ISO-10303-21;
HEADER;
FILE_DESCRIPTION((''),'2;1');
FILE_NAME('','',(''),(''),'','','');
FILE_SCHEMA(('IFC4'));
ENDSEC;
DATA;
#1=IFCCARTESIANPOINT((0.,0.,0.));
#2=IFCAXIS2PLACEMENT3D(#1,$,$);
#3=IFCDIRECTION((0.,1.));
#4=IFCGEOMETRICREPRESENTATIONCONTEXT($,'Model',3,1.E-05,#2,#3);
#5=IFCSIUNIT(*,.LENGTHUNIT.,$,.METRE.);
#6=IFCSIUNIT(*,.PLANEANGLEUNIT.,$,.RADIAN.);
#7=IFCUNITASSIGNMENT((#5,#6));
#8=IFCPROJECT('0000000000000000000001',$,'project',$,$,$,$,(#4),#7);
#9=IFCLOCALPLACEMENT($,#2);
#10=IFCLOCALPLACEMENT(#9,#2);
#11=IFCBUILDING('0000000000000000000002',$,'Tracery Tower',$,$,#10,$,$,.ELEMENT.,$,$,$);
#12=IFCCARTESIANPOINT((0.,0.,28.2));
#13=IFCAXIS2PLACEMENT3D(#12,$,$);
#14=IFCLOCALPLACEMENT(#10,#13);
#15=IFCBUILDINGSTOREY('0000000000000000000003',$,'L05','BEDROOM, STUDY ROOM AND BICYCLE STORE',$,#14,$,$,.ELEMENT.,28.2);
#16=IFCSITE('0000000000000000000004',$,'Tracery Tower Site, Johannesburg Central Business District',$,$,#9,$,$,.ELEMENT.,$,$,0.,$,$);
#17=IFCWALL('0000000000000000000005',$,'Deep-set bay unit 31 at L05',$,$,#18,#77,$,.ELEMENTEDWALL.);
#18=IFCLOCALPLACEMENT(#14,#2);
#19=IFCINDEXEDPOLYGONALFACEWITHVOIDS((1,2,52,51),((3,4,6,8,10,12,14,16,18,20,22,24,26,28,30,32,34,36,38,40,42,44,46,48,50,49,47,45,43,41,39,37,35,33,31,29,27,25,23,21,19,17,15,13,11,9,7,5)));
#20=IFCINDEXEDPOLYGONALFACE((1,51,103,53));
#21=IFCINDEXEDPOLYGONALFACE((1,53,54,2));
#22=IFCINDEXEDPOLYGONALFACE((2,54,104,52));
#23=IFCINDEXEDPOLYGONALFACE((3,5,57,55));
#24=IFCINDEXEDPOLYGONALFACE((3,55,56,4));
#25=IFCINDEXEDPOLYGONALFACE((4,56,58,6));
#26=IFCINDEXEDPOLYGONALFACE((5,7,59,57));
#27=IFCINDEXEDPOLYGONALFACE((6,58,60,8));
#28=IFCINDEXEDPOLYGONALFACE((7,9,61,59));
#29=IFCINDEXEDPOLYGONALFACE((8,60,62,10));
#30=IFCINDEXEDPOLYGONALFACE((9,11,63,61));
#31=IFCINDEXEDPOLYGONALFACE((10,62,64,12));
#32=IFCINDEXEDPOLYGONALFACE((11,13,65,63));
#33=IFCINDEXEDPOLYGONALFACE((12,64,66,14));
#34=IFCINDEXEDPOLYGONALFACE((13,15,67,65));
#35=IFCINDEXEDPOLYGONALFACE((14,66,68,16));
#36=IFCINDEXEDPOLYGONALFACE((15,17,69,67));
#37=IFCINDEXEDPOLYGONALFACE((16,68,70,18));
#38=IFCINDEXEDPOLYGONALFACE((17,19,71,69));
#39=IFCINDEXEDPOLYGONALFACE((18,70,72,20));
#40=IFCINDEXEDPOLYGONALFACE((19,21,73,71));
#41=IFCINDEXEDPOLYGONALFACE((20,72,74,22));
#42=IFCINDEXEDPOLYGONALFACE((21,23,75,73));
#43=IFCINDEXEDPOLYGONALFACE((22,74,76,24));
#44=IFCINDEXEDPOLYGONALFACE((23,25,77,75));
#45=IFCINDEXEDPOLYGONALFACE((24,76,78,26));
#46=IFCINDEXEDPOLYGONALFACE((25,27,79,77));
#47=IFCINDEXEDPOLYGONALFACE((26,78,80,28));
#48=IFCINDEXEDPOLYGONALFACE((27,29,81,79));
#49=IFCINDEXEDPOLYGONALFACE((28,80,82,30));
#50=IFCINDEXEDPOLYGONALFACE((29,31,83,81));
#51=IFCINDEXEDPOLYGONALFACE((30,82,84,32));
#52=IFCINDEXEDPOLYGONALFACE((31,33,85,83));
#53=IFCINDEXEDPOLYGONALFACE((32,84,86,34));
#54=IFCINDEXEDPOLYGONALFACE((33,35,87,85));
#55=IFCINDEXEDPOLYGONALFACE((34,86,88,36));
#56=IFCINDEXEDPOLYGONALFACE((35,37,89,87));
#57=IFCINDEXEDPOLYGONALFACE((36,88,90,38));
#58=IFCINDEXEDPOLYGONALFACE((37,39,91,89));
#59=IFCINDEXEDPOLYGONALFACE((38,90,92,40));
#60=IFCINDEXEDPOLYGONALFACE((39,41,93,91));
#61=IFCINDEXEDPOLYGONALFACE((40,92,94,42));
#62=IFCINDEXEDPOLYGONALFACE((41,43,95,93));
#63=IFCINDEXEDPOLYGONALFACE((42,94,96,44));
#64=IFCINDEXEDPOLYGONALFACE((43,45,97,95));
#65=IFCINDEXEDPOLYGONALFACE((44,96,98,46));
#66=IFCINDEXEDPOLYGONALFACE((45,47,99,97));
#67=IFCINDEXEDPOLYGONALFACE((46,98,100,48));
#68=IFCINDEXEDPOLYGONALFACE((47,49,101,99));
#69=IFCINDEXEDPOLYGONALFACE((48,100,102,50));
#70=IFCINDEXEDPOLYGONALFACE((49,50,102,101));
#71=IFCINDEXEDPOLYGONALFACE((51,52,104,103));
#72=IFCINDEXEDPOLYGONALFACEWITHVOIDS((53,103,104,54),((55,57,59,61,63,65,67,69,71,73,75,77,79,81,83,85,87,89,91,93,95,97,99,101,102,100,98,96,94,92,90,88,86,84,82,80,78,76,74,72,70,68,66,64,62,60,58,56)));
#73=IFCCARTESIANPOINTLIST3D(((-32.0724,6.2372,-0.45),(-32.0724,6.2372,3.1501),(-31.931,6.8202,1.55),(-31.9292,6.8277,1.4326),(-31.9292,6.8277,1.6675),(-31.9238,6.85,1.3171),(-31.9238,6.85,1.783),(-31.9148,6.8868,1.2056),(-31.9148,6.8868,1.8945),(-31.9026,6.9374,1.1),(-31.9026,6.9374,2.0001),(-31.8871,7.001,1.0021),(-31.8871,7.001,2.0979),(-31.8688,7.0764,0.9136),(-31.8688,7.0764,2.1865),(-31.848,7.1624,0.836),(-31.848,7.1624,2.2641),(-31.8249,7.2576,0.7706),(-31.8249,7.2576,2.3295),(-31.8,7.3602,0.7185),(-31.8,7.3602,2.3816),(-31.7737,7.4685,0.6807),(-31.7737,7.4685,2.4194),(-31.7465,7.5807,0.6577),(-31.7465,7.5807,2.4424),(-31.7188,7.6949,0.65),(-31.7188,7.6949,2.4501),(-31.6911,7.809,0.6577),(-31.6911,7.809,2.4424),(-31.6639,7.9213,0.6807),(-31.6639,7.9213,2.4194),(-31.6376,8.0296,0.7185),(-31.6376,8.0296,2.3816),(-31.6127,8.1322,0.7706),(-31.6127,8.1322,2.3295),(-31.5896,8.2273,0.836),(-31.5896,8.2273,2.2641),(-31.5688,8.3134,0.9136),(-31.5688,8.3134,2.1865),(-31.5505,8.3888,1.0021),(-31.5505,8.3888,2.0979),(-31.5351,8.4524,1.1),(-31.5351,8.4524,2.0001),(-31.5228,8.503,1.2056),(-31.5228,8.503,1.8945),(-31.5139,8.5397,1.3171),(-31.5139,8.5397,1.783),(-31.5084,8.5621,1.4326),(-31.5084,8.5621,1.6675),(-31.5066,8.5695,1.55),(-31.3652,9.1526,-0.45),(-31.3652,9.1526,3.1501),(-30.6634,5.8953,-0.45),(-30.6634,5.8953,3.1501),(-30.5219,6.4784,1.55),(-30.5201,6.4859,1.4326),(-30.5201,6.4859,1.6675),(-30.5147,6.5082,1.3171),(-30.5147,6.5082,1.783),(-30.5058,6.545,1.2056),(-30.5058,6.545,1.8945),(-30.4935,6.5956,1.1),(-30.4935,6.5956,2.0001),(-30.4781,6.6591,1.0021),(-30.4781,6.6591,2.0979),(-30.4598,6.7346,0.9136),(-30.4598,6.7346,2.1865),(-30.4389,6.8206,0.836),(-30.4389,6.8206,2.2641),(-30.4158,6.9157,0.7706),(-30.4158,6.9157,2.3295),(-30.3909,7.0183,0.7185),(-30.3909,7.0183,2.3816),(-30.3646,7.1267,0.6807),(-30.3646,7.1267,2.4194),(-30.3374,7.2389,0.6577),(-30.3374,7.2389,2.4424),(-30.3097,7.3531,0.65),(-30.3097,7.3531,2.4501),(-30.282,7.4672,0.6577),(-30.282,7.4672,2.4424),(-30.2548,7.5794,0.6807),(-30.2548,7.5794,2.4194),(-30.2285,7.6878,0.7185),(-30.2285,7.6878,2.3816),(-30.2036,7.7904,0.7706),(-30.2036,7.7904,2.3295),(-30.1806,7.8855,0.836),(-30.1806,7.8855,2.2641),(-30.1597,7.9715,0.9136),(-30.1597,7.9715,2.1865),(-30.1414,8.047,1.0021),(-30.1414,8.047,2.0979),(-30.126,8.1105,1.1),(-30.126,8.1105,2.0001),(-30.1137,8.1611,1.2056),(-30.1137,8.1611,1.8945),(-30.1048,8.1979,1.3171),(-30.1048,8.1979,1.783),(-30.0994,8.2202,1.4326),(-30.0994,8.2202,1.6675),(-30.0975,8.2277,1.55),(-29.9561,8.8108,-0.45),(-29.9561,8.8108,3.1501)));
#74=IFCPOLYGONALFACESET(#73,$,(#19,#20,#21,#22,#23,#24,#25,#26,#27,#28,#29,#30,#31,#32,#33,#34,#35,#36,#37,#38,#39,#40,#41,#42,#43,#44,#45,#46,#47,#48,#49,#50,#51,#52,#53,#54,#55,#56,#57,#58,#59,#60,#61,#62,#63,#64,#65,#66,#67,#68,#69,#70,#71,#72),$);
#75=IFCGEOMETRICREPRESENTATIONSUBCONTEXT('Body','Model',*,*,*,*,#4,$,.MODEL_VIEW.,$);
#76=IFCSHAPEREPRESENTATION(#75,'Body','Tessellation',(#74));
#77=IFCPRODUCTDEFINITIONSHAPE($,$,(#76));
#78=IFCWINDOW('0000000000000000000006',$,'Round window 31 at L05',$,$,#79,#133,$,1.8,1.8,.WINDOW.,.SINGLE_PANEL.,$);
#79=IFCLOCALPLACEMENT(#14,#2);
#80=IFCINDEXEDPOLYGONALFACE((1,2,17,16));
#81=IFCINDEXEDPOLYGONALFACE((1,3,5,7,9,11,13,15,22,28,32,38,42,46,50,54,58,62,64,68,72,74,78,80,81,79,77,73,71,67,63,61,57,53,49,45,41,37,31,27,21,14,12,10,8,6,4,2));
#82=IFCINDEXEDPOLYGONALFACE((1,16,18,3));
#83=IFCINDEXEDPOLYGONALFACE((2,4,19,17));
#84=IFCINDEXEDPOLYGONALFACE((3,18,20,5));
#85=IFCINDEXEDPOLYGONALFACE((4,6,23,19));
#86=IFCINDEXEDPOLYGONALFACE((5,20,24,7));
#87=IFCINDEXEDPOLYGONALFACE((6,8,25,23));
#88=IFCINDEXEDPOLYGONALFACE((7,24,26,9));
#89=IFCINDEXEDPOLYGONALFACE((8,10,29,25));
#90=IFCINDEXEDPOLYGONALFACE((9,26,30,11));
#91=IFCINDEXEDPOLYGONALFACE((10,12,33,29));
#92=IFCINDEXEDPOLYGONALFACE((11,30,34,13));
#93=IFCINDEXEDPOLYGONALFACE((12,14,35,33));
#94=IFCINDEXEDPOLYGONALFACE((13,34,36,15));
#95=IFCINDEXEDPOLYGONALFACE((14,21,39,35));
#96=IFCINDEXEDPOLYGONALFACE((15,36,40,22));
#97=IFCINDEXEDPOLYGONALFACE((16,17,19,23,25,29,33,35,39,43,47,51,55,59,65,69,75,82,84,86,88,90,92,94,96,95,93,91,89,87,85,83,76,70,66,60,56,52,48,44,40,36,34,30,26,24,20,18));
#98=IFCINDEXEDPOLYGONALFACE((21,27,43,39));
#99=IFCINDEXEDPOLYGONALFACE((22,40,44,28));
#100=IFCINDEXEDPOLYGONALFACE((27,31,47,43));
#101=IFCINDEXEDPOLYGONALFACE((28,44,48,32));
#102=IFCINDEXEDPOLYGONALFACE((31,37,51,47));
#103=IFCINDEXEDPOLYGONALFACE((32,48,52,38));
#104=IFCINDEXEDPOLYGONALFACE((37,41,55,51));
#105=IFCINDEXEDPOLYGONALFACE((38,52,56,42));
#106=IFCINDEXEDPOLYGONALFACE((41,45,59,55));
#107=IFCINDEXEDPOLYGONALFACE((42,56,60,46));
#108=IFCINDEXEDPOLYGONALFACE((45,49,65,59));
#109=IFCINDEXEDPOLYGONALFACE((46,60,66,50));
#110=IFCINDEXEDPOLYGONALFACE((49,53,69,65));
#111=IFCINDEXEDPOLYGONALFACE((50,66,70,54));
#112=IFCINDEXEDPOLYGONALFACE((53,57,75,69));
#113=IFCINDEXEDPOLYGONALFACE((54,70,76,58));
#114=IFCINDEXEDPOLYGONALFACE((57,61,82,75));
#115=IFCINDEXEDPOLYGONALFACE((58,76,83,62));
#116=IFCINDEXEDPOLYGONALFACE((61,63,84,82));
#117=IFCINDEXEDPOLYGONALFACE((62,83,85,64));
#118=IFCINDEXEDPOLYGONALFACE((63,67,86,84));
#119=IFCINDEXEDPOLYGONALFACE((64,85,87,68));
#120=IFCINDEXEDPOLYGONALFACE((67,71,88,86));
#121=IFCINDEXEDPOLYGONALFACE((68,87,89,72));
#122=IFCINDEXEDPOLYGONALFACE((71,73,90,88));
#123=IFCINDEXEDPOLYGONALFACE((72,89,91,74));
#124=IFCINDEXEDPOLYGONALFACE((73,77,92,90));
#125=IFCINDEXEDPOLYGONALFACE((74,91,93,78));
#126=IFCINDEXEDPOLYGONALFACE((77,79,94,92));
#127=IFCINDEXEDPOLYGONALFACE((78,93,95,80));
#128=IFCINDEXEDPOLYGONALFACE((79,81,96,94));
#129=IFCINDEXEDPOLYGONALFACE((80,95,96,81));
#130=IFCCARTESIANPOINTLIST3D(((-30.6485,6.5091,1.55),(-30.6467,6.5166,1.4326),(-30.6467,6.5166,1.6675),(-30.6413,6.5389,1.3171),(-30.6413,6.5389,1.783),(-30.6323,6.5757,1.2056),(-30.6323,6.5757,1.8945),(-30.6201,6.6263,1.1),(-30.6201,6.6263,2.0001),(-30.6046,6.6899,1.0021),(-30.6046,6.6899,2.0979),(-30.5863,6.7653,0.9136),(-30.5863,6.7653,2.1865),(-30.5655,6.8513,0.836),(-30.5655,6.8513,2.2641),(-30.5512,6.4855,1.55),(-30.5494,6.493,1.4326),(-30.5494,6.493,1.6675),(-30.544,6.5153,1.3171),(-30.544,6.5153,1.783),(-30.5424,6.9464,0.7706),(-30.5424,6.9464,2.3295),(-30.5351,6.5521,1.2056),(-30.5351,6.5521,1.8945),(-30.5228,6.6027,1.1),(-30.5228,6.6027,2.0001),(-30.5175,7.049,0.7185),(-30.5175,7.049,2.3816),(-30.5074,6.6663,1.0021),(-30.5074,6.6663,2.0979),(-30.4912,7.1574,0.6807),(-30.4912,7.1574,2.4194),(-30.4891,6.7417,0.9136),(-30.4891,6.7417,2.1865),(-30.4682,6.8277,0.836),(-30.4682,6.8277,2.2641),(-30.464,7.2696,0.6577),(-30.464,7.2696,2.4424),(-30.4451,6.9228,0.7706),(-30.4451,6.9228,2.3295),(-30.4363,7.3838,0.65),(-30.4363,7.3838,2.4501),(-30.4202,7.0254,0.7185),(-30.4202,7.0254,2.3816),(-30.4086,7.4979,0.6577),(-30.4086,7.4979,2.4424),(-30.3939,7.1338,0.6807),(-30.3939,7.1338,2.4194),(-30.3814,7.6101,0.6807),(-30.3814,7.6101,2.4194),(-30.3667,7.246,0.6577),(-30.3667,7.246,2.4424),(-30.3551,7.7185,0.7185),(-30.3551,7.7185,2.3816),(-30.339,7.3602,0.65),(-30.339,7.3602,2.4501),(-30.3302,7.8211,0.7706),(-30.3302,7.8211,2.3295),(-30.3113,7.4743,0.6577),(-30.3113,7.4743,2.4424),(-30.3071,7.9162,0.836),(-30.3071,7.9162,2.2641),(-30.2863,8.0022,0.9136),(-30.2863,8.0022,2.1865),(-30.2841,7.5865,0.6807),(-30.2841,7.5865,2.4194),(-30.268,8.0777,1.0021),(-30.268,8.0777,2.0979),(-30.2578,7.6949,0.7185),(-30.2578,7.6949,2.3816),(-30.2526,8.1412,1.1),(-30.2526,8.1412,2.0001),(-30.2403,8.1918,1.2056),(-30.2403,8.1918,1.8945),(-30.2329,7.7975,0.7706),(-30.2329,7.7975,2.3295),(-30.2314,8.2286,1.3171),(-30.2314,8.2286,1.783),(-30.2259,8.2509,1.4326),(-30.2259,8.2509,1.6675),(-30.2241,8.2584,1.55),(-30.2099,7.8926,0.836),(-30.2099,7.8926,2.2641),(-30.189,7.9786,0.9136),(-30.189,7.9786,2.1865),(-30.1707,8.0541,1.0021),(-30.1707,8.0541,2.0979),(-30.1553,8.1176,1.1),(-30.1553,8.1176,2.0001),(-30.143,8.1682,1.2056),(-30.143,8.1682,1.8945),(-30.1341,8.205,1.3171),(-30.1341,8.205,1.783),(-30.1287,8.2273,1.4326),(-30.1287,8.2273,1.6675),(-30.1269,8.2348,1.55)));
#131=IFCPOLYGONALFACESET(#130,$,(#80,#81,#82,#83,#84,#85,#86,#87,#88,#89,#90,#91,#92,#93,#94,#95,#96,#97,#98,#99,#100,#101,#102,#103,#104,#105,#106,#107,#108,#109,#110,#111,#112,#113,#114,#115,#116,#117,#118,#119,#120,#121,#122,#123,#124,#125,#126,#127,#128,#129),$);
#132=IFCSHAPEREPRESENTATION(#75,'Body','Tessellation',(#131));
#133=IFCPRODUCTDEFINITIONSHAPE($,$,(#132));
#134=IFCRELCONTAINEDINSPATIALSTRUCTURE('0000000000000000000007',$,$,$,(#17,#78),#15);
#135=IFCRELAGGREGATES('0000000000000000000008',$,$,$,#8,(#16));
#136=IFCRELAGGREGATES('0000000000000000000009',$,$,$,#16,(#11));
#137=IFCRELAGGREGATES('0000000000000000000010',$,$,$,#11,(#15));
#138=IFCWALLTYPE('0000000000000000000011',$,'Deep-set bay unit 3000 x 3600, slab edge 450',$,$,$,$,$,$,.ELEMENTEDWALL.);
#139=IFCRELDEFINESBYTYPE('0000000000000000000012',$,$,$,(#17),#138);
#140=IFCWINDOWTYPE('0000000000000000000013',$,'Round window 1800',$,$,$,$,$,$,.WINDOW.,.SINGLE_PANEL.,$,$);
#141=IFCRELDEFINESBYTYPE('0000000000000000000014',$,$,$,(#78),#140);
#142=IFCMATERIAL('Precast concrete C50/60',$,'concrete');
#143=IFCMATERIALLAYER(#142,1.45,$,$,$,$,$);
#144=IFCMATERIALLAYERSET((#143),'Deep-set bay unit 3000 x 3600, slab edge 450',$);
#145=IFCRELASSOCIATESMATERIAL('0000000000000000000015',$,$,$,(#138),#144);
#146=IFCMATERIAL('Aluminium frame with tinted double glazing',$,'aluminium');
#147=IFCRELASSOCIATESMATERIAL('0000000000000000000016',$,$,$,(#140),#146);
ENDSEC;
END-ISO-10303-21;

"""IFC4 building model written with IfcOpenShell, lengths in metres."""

from ifc_helpers import new_model, si_unit, direction, frame, frame_2d, origin, origin_2d, place, context, subcontext, project, spatial, rectangle, circle, extrude, material, layer, layer_set, type_object, element, fill, save


model = new_model("IFC4")

# Units and contexts
model_context = context("Model", 3, precision=1e-05, world=origin(), true_north=direction((0.0, 1.0)))
body_context = subcontext(model_context, "Body", "Model", "MODEL_VIEW")
ifc_project = project(units=[si_unit("LENGTHUNIT", "METRE"), si_unit("PLANEANGLEUNIT", "RADIAN")], contexts=[model_context])

# Site, building, storey
site_placement = place(None, origin())
site = spatial("IfcSite", under=ifc_project, at=site_placement, Name="Tracery Tower Site, Johannesburg Central Business District", CompositionType="ELEMENT", RefElevation=0.0)
building_placement = place(site_placement, origin())
building = spatial("IfcBuilding", under=site, at=building_placement, Name="Tracery Tower", CompositionType="ELEMENT")
storey_placement = place(building_placement, frame((0.0, 0.0, 28.2)))
storey = spatial("IfcBuildingStorey", under=building, at=storey_placement, Name="L05", Description="BEDROOM, STUDY ROOM AND BICYCLE STORE", CompositionType="ELEMENT", Elevation=28.2)

# Wall, opening, window
ifc_material_1 = material(Name="Precast concrete C50/60", Category="concrete")
ifc_layer_1 = layer(ifc_material_1, 1.45)
ifc_layer_set_1 = layer_set([ifc_layer_1], Name="Deep-set bay unit 3000 x 3600, slab edge 450")
wall_type_1 = type_object("IfcWallType", Name="Deep-set bay unit 3000 x 3600, slab edge 450", PredefinedType="ELEMENTEDWALL", material=ifc_layer_set_1)
wall_1_placement = place(storey_placement, frame((-30.6606, 8.9817, -0.45), z_axis=(0.0, 0.0, 1.0), x_axis=(-0.235751, -0.971813, 0.0)))
wall_1 = element("IfcWall", 1, at=wall_1_placement, inside=storey, type_object=wall_type_1, Name="Deep-set bay unit 31 at L05", PredefinedType="ELEMENTEDWALL", context=body_context, shape_type="SweptSolid", body=[
    extrude(rectangle(XDim=3.0, YDim=1.45, at=frame_2d((1.5, 0.0))), origin(), (0.0, 0.0, 1.0), 3.6001),
])
opening_1_placement = place(wall_1_placement, frame((1.5, 0.0, 2.0)))
opening_1 = element("IfcOpeningElement", 2, at=opening_1_placement, cuts=wall_1, PredefinedType="OPENING", context=body_context, shape_type="SweptSolid", body=[
    extrude(circle(Radius=0.9, at=origin_2d()), frame((0.0, 0.7349, 0.0), z_axis=(0.0, -1.0, 0.0), x_axis=(1.0, 0.0, 0.0)), (0.0, 0.0, 1.0), 1.47),
])
ifc_material_2 = material(Name="Aluminium frame with tinted double glazing", Category="aluminium")
window_type = type_object("IfcWindowType", Name="Round window 1800", PartitioningType="SINGLE_PANEL", PredefinedType="WINDOW", material=ifc_material_2)
window_1_placement = place(opening_1_placement, origin())
window_1 = element("IfcWindow", 3, at=window_1_placement, inside=storey, type_object=window_type, Name="Round window 31 at L05", OverallHeight=1.8, OverallWidth=1.8, PartitioningType="SINGLE_PANEL", PredefinedType="WINDOW", context=body_context, shape_type="SweptSolid", body=[
    extrude(circle(Radius=0.9, at=origin_2d()), frame((0.0, 0.6948, 0.0), z_axis=(0.0, -1.0, 0.0), x_axis=(1.0, 0.0, 0.0)), (0.0, 0.0, 1.0), 0.1001),
])
fill(opening_1, window_1)

save(model, "model.ifc")
